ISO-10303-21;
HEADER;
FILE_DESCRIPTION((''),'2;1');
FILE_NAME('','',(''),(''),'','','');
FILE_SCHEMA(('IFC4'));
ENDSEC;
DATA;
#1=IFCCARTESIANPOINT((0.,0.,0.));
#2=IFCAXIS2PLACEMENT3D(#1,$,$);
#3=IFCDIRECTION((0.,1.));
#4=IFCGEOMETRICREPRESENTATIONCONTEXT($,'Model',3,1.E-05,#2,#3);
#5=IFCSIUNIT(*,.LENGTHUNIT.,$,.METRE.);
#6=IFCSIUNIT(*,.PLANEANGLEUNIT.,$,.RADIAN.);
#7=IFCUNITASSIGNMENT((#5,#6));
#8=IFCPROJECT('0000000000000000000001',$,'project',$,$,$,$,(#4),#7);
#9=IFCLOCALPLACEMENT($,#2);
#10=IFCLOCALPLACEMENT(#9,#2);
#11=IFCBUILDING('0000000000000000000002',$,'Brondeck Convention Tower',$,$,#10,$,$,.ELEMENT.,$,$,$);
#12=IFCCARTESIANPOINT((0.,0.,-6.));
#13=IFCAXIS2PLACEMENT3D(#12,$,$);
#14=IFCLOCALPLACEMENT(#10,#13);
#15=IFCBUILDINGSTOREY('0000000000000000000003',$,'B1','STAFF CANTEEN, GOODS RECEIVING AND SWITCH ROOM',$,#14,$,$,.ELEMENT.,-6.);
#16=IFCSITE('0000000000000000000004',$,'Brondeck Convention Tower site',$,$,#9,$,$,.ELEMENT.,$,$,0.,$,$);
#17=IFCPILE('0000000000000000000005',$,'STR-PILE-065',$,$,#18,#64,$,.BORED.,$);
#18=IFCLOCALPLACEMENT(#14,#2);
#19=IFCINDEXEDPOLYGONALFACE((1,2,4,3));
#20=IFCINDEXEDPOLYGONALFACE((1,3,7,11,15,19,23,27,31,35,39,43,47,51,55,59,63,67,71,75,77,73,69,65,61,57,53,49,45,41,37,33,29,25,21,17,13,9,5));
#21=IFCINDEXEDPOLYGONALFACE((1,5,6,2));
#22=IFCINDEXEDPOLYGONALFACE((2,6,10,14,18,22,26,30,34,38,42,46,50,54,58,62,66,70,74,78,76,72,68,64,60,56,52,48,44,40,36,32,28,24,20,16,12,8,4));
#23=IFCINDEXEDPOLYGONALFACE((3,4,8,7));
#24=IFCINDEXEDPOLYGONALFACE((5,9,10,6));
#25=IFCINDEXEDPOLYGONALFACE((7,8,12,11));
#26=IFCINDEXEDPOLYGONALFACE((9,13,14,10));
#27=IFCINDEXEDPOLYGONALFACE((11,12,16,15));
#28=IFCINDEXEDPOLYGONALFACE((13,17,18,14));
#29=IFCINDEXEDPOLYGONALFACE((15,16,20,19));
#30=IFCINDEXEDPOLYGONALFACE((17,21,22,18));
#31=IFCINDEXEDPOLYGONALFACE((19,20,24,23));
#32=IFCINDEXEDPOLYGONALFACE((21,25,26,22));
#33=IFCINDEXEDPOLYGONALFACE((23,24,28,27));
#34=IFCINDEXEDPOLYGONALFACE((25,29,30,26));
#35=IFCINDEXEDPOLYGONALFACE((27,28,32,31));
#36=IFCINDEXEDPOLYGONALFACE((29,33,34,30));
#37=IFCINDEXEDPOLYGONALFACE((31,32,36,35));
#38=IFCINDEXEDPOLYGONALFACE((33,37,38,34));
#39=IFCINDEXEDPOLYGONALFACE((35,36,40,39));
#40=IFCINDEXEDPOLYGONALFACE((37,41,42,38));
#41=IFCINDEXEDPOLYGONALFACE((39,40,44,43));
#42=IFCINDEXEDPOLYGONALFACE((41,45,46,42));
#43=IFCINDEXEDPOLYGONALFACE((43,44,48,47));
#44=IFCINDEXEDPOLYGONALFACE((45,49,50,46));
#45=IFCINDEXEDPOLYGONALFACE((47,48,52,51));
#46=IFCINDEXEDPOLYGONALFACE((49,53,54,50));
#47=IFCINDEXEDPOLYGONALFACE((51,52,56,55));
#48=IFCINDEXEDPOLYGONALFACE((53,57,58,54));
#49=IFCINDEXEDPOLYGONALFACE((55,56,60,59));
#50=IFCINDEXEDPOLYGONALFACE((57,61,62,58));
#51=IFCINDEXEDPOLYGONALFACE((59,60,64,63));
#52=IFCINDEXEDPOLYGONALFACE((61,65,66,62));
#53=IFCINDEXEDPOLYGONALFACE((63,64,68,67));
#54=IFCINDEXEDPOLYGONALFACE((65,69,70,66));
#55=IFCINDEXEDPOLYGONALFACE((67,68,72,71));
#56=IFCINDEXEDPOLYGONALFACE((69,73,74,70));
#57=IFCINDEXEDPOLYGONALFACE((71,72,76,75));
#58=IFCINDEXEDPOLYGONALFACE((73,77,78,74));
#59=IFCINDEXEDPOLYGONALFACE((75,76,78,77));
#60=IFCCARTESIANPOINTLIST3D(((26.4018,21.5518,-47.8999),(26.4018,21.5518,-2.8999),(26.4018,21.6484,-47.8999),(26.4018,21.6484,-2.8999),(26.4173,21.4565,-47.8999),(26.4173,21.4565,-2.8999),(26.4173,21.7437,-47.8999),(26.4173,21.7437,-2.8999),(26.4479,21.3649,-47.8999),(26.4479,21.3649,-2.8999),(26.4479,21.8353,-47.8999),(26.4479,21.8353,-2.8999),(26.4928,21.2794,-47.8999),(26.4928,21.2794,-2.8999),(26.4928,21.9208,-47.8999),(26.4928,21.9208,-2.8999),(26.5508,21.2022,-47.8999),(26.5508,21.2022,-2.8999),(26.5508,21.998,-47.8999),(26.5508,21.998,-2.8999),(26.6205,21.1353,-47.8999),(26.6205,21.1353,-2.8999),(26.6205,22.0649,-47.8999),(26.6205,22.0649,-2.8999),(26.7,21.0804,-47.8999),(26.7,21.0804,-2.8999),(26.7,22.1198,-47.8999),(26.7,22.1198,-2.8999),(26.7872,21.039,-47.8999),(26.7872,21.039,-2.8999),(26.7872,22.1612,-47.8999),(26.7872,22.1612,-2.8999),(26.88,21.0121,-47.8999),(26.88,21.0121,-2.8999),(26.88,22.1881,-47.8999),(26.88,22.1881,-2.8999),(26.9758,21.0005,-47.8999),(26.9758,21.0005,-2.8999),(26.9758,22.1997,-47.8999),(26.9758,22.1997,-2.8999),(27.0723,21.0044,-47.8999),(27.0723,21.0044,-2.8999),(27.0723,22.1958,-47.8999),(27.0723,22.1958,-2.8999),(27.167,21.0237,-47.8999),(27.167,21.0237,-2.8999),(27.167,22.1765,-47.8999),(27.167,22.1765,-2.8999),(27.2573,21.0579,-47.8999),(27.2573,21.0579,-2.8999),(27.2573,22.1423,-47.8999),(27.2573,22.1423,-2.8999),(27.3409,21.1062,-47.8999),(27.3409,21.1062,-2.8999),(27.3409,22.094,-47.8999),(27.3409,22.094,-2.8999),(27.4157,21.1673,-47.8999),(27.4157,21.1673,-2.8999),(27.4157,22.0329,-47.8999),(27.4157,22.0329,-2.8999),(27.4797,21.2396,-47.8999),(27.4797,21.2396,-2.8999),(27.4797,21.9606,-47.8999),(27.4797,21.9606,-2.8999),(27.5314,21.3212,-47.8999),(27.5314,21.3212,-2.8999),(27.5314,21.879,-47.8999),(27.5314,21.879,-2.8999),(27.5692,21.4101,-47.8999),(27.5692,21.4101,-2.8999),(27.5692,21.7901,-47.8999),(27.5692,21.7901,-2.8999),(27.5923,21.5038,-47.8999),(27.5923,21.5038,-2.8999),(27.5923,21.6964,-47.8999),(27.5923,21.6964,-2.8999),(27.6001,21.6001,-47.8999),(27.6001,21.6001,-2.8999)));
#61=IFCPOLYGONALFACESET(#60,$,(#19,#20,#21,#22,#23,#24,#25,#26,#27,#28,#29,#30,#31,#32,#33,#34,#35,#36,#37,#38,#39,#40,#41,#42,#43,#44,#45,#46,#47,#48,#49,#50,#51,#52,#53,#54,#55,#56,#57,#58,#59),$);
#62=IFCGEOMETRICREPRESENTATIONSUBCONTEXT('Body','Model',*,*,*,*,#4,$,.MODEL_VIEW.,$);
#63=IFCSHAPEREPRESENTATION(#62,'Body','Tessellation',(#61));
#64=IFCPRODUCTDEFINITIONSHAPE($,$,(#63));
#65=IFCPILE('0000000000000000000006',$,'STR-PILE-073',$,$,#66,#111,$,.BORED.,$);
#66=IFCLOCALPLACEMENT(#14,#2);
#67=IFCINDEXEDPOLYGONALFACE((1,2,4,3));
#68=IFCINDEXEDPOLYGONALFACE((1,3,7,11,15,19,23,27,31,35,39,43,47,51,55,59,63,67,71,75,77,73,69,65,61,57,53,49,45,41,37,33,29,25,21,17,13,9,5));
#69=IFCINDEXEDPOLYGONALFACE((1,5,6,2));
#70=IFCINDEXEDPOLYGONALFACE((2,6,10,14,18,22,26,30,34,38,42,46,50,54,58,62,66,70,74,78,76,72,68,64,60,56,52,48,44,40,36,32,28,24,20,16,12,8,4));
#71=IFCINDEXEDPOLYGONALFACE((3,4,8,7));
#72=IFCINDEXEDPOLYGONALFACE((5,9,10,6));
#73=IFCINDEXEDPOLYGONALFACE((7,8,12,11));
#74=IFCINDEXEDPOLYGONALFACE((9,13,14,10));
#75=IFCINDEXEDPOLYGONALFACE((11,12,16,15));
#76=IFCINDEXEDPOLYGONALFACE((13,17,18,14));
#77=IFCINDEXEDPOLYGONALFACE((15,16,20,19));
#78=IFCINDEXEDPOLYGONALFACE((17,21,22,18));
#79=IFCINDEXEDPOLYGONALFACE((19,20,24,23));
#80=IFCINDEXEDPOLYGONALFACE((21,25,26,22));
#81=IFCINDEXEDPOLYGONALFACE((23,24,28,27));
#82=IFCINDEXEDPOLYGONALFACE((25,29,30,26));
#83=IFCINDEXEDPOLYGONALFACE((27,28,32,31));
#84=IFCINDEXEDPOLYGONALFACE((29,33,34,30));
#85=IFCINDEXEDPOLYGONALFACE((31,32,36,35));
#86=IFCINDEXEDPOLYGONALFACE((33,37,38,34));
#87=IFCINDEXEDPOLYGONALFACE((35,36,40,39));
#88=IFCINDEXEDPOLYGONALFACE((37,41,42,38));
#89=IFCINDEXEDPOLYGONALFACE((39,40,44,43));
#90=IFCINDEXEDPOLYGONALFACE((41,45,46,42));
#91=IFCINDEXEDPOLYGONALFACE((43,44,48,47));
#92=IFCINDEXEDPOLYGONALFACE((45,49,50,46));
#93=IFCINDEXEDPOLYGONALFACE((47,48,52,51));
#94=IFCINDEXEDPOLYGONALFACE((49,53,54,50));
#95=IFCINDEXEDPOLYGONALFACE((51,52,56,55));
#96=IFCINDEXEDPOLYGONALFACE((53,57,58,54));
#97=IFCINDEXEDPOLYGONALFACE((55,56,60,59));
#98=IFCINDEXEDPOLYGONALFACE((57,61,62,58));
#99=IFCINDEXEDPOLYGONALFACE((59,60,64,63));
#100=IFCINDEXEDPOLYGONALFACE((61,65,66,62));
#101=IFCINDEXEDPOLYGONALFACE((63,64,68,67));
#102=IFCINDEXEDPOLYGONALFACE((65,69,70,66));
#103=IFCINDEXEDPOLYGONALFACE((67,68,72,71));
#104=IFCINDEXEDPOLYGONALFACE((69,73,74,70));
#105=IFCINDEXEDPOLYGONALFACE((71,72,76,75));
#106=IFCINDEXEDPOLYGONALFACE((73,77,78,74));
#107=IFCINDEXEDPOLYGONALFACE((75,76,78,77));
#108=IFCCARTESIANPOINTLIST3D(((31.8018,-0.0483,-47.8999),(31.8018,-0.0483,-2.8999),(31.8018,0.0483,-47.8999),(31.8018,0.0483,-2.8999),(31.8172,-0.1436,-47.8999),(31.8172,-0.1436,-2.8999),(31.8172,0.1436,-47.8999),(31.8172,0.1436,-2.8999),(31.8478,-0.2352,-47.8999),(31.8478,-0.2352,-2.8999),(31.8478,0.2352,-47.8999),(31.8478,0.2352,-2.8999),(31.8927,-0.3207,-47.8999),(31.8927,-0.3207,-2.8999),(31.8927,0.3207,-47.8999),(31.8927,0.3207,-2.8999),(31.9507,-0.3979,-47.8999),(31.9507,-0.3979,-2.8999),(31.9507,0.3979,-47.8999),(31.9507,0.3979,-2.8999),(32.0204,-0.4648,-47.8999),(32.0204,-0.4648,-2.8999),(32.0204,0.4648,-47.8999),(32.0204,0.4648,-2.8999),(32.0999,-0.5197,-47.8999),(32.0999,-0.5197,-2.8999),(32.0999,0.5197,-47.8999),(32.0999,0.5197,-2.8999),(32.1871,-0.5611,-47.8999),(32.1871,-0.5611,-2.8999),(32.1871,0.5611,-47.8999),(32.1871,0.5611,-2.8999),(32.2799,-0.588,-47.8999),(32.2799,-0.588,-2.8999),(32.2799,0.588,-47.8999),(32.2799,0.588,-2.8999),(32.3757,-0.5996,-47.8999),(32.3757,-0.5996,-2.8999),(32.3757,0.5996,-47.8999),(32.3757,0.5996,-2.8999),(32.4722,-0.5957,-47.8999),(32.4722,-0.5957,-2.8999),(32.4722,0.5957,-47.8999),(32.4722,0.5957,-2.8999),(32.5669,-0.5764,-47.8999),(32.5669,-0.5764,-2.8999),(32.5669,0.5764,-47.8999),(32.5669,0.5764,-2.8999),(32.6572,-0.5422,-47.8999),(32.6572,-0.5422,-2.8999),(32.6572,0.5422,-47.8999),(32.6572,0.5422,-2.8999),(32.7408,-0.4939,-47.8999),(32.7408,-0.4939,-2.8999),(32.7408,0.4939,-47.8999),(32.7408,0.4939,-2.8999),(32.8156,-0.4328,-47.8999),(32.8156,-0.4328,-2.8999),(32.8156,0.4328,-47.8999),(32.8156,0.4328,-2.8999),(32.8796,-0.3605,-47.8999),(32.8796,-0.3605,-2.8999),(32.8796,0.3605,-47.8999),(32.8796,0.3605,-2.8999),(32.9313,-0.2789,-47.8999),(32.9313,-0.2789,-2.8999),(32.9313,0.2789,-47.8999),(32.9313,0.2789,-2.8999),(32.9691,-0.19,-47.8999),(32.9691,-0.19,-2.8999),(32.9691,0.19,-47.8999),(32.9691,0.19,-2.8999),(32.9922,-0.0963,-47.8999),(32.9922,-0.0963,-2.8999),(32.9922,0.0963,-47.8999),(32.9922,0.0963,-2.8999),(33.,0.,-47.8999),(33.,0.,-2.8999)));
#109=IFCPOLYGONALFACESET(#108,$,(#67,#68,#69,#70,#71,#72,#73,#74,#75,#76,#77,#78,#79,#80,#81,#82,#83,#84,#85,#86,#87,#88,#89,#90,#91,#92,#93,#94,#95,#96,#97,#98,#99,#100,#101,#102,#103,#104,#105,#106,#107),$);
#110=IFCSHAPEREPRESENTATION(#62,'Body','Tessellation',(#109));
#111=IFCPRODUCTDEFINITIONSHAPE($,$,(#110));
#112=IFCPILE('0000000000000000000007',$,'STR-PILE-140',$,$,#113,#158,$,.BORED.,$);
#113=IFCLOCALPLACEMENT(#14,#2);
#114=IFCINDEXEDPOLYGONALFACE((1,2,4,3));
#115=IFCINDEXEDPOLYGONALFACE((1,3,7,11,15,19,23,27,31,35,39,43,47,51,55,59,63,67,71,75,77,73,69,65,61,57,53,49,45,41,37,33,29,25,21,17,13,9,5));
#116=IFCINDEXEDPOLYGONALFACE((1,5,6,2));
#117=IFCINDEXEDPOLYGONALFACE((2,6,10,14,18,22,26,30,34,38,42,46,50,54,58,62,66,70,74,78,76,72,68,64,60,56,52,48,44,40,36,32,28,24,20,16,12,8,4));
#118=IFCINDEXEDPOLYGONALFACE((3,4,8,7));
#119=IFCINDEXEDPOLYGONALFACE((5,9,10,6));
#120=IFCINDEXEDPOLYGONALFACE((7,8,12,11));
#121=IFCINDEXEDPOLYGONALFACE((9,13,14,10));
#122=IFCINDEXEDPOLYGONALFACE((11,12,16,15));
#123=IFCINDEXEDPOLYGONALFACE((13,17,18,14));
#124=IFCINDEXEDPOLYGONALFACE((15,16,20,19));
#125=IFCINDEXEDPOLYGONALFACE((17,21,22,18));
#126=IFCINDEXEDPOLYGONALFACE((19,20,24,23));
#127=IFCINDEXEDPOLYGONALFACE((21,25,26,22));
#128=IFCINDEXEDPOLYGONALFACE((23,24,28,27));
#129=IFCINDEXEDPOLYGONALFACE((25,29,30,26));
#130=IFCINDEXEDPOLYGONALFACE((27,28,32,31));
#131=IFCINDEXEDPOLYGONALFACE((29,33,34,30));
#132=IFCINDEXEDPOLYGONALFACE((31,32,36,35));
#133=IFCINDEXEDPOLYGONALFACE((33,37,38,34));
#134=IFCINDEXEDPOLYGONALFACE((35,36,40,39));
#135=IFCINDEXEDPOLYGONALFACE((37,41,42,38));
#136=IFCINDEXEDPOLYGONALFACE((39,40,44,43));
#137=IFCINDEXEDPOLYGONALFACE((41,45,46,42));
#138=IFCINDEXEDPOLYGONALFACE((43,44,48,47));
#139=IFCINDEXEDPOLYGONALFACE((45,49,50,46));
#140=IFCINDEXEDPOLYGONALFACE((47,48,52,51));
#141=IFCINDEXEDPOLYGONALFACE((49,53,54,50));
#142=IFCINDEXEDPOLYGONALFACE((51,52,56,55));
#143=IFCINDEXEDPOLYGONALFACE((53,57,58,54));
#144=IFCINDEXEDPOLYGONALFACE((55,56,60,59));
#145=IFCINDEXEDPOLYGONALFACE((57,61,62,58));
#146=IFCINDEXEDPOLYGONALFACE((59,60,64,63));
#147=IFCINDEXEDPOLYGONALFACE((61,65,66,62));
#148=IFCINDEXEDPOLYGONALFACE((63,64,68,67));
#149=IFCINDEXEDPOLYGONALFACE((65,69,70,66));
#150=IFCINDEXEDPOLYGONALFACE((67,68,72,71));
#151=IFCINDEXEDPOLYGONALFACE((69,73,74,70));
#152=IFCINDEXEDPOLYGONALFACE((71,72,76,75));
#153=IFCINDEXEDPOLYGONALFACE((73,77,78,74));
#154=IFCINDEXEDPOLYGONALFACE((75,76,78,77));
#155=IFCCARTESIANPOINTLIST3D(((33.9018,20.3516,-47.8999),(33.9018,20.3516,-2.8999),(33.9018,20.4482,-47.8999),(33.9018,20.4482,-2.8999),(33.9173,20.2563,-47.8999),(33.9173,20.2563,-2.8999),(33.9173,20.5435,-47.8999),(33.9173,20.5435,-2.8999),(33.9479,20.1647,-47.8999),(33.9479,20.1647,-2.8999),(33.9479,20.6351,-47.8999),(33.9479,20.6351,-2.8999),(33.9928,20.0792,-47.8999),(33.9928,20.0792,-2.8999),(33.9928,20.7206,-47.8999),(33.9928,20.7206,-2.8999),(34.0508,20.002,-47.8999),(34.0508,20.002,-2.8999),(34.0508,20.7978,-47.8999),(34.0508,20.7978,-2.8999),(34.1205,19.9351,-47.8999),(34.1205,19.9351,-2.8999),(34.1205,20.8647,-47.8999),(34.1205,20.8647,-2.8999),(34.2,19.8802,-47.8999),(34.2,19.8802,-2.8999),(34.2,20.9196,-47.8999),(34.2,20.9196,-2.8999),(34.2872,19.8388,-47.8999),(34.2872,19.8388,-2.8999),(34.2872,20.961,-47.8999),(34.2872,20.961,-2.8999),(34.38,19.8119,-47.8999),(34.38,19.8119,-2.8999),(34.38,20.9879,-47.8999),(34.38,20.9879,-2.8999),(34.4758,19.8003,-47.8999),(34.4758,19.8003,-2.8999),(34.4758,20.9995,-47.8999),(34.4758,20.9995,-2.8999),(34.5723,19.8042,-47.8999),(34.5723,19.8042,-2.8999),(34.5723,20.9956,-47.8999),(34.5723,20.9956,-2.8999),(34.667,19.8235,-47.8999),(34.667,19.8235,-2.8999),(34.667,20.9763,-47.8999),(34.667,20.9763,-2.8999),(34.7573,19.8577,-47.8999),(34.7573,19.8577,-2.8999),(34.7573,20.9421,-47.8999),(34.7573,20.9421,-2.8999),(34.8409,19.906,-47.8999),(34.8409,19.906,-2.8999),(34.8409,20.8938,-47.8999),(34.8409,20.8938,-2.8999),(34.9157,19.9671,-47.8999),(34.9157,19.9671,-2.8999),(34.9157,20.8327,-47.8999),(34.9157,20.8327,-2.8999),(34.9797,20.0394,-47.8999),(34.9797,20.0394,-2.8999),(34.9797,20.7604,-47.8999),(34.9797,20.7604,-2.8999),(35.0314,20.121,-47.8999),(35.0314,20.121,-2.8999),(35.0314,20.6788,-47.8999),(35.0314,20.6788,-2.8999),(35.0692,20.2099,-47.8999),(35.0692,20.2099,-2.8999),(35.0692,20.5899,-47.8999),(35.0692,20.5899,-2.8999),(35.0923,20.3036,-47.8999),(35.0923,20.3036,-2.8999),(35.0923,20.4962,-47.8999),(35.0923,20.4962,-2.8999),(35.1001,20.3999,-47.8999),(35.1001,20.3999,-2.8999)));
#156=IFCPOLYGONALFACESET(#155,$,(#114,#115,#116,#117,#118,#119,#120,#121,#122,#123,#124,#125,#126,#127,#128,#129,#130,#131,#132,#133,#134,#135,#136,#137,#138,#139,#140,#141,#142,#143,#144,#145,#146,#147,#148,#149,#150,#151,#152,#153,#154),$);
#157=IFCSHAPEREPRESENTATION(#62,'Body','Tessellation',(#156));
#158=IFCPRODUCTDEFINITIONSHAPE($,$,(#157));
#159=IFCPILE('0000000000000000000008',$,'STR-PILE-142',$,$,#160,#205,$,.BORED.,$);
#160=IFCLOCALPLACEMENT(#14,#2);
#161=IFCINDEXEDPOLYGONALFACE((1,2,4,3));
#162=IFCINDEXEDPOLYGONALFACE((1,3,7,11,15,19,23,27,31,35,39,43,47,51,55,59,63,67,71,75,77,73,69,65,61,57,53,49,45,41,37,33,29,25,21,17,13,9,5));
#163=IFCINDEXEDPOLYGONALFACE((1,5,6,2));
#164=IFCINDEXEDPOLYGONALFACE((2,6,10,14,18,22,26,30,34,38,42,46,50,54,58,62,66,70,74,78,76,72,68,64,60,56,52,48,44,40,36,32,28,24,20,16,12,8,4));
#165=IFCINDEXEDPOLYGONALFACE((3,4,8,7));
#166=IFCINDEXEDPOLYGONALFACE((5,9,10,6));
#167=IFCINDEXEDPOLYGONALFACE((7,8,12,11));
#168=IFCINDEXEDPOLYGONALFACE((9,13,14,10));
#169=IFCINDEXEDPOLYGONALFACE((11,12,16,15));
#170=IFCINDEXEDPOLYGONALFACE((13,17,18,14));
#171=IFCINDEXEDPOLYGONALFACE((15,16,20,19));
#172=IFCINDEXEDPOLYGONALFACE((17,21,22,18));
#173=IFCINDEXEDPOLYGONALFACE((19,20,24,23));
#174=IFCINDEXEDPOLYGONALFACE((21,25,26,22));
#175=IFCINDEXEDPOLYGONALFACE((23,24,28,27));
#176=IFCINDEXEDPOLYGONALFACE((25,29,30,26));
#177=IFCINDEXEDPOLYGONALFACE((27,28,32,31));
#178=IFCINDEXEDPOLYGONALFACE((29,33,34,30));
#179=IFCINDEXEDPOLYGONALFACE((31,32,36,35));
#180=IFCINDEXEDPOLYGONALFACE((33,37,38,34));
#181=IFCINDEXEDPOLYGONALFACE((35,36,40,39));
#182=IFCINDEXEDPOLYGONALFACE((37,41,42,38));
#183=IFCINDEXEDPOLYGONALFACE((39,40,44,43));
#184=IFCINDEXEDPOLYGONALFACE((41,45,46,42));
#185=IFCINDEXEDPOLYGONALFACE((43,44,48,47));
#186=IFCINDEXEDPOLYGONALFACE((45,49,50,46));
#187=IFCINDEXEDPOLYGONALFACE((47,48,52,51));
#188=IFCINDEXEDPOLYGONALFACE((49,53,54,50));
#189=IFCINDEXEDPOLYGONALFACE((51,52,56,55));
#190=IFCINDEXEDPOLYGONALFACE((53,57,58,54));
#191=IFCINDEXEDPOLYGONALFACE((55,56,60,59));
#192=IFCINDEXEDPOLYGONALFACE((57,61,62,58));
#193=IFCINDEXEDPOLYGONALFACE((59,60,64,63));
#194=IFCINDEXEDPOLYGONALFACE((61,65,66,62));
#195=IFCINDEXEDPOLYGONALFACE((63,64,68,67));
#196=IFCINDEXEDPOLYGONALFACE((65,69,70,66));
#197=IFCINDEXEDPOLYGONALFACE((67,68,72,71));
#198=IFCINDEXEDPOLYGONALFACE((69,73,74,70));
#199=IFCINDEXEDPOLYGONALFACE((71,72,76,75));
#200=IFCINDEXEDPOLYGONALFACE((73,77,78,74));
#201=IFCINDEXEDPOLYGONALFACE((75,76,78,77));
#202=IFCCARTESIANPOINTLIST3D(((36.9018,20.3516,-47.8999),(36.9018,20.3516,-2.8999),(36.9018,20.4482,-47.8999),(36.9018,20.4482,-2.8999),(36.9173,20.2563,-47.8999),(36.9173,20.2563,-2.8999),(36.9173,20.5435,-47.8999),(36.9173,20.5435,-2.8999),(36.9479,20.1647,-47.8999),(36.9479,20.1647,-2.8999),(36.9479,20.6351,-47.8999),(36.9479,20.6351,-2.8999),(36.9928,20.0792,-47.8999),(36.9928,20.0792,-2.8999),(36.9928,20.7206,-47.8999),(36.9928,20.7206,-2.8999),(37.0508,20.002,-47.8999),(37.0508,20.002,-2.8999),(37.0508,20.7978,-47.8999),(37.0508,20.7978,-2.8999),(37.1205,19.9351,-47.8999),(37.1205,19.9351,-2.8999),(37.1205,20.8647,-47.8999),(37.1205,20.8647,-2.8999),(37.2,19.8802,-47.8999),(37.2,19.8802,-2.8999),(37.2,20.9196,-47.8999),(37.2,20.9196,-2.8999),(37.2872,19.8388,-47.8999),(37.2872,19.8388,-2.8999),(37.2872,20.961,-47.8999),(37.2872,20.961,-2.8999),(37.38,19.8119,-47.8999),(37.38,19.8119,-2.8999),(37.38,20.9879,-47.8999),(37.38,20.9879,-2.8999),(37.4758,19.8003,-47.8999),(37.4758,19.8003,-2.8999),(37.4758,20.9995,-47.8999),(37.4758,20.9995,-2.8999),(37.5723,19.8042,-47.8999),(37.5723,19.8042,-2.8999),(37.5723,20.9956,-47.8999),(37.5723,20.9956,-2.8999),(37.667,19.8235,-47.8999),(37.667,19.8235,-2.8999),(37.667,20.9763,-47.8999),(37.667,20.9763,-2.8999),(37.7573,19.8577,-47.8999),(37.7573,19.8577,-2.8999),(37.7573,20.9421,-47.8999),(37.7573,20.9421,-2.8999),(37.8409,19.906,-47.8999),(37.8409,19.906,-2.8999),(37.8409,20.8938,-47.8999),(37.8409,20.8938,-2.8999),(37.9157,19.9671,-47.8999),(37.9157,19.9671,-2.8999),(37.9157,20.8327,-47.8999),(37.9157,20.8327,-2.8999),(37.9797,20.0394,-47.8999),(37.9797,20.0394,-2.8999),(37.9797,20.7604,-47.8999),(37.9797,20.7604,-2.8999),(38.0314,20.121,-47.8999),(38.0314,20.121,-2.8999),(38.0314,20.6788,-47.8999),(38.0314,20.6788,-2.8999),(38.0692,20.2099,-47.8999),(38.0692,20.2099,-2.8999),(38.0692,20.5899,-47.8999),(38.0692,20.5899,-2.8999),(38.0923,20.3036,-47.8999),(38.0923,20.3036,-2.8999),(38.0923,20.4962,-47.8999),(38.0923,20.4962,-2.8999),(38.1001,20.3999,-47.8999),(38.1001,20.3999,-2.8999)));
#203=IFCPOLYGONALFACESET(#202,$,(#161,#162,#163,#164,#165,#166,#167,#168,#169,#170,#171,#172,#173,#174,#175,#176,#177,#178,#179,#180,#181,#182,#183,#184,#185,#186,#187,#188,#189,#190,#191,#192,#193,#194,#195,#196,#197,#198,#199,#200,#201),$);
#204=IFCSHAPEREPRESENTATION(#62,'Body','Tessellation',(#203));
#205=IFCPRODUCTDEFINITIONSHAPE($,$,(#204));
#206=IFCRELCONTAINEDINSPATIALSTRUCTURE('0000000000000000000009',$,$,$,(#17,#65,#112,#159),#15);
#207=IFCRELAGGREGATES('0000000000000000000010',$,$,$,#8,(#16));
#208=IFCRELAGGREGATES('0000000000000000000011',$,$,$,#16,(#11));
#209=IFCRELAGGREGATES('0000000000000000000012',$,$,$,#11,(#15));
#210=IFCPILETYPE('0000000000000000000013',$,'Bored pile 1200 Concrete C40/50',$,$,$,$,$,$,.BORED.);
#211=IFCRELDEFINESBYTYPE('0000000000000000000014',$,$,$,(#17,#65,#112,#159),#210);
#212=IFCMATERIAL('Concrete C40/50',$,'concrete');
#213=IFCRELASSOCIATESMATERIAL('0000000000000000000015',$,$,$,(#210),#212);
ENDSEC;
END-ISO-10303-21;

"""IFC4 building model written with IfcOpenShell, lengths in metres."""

from ifc_helpers import new_model, si_unit, direction, frame, origin, origin_2d, place, context, subcontext, project, spatial, circle, extrude, material, material_profile, profile_set, type_object, element, save


model = new_model("IFC4")

# Units and contexts
model_context = context("Model", 3, precision=1e-05, world=origin(), true_north=direction((0.0, 1.0)))
body_context = subcontext(model_context, "Body", "Model", "MODEL_VIEW")
ifc_project = project(units=[si_unit("LENGTHUNIT", "METRE"), si_unit("PLANEANGLEUNIT", "RADIAN")], contexts=[model_context])

# Site, building, storey
site_placement = place(None, origin())
site = spatial("IfcSite", under=ifc_project, at=site_placement, Name="Brondeck Convention Tower site", CompositionType="ELEMENT", RefElevation=0.0)
building_placement = place(site_placement, origin())
building = spatial("IfcBuilding", under=site, at=building_placement, Name="Brondeck Convention Tower", CompositionType="ELEMENT")
storey_placement = place(building_placement, frame((0.0, 0.0, -6.0)))
storey = spatial("IfcBuildingStorey", under=building, at=storey_placement, Name="B1", Description="STAFF CANTEEN, GOODS RECEIVING AND SWITCH ROOM", CompositionType="ELEMENT", Elevation=-6.0)

# Piles
ifc_material_1 = material(Name="Concrete C40/50", Category="concrete")
ifc_material_profile_1 = material_profile(ifc_material_1, circle(Radius=0.6001, at=origin_2d()), Name="Bored pile 1200 Concrete C40/50")
ifc_profile_set_1 = profile_set([ifc_material_profile_1], Name="Concrete C40/50")
pile_type = type_object("IfcPileType", Name="Bored pile 1200 Concrete C40/50", PredefinedType="BORED", material=ifc_profile_set_1)
for number, where, z_axis, x_axis, name in (
    (1, (27.0, 21.6001, -2.8999), (0.0, 0.0, -1.0), (1.0, 0.0, 0.0), "STR-PILE-065"),
    (2, (32.3999, 0.0, -2.8999), (0.0, 0.0, -1.0), (1.0, 0.0, 0.0), "STR-PILE-073"),
    (3, (34.5, 20.3999, -2.8999), (0.0, 0.0, -1.0), (1.0, 0.0, 0.0), "STR-PILE-140"),
    (4, (37.5, 20.3999, -2.8999), (0.0, 0.0, -1.0), (1.0, 0.0, 0.0), "STR-PILE-142"),
):
    element("IfcPile", number, at=place(storey_placement, frame(where, z_axis=z_axis, x_axis=x_axis)), inside=storey, type_object=pile_type, Name=name, PredefinedType="BORED", context=body_context, shape_type="SweptSolid", body=[
        extrude(circle(Radius=0.6001, at=origin_2d()), origin(), (0.0, 0.0, 1.0), 45.0),
    ])

save(model, "model.ifc")
